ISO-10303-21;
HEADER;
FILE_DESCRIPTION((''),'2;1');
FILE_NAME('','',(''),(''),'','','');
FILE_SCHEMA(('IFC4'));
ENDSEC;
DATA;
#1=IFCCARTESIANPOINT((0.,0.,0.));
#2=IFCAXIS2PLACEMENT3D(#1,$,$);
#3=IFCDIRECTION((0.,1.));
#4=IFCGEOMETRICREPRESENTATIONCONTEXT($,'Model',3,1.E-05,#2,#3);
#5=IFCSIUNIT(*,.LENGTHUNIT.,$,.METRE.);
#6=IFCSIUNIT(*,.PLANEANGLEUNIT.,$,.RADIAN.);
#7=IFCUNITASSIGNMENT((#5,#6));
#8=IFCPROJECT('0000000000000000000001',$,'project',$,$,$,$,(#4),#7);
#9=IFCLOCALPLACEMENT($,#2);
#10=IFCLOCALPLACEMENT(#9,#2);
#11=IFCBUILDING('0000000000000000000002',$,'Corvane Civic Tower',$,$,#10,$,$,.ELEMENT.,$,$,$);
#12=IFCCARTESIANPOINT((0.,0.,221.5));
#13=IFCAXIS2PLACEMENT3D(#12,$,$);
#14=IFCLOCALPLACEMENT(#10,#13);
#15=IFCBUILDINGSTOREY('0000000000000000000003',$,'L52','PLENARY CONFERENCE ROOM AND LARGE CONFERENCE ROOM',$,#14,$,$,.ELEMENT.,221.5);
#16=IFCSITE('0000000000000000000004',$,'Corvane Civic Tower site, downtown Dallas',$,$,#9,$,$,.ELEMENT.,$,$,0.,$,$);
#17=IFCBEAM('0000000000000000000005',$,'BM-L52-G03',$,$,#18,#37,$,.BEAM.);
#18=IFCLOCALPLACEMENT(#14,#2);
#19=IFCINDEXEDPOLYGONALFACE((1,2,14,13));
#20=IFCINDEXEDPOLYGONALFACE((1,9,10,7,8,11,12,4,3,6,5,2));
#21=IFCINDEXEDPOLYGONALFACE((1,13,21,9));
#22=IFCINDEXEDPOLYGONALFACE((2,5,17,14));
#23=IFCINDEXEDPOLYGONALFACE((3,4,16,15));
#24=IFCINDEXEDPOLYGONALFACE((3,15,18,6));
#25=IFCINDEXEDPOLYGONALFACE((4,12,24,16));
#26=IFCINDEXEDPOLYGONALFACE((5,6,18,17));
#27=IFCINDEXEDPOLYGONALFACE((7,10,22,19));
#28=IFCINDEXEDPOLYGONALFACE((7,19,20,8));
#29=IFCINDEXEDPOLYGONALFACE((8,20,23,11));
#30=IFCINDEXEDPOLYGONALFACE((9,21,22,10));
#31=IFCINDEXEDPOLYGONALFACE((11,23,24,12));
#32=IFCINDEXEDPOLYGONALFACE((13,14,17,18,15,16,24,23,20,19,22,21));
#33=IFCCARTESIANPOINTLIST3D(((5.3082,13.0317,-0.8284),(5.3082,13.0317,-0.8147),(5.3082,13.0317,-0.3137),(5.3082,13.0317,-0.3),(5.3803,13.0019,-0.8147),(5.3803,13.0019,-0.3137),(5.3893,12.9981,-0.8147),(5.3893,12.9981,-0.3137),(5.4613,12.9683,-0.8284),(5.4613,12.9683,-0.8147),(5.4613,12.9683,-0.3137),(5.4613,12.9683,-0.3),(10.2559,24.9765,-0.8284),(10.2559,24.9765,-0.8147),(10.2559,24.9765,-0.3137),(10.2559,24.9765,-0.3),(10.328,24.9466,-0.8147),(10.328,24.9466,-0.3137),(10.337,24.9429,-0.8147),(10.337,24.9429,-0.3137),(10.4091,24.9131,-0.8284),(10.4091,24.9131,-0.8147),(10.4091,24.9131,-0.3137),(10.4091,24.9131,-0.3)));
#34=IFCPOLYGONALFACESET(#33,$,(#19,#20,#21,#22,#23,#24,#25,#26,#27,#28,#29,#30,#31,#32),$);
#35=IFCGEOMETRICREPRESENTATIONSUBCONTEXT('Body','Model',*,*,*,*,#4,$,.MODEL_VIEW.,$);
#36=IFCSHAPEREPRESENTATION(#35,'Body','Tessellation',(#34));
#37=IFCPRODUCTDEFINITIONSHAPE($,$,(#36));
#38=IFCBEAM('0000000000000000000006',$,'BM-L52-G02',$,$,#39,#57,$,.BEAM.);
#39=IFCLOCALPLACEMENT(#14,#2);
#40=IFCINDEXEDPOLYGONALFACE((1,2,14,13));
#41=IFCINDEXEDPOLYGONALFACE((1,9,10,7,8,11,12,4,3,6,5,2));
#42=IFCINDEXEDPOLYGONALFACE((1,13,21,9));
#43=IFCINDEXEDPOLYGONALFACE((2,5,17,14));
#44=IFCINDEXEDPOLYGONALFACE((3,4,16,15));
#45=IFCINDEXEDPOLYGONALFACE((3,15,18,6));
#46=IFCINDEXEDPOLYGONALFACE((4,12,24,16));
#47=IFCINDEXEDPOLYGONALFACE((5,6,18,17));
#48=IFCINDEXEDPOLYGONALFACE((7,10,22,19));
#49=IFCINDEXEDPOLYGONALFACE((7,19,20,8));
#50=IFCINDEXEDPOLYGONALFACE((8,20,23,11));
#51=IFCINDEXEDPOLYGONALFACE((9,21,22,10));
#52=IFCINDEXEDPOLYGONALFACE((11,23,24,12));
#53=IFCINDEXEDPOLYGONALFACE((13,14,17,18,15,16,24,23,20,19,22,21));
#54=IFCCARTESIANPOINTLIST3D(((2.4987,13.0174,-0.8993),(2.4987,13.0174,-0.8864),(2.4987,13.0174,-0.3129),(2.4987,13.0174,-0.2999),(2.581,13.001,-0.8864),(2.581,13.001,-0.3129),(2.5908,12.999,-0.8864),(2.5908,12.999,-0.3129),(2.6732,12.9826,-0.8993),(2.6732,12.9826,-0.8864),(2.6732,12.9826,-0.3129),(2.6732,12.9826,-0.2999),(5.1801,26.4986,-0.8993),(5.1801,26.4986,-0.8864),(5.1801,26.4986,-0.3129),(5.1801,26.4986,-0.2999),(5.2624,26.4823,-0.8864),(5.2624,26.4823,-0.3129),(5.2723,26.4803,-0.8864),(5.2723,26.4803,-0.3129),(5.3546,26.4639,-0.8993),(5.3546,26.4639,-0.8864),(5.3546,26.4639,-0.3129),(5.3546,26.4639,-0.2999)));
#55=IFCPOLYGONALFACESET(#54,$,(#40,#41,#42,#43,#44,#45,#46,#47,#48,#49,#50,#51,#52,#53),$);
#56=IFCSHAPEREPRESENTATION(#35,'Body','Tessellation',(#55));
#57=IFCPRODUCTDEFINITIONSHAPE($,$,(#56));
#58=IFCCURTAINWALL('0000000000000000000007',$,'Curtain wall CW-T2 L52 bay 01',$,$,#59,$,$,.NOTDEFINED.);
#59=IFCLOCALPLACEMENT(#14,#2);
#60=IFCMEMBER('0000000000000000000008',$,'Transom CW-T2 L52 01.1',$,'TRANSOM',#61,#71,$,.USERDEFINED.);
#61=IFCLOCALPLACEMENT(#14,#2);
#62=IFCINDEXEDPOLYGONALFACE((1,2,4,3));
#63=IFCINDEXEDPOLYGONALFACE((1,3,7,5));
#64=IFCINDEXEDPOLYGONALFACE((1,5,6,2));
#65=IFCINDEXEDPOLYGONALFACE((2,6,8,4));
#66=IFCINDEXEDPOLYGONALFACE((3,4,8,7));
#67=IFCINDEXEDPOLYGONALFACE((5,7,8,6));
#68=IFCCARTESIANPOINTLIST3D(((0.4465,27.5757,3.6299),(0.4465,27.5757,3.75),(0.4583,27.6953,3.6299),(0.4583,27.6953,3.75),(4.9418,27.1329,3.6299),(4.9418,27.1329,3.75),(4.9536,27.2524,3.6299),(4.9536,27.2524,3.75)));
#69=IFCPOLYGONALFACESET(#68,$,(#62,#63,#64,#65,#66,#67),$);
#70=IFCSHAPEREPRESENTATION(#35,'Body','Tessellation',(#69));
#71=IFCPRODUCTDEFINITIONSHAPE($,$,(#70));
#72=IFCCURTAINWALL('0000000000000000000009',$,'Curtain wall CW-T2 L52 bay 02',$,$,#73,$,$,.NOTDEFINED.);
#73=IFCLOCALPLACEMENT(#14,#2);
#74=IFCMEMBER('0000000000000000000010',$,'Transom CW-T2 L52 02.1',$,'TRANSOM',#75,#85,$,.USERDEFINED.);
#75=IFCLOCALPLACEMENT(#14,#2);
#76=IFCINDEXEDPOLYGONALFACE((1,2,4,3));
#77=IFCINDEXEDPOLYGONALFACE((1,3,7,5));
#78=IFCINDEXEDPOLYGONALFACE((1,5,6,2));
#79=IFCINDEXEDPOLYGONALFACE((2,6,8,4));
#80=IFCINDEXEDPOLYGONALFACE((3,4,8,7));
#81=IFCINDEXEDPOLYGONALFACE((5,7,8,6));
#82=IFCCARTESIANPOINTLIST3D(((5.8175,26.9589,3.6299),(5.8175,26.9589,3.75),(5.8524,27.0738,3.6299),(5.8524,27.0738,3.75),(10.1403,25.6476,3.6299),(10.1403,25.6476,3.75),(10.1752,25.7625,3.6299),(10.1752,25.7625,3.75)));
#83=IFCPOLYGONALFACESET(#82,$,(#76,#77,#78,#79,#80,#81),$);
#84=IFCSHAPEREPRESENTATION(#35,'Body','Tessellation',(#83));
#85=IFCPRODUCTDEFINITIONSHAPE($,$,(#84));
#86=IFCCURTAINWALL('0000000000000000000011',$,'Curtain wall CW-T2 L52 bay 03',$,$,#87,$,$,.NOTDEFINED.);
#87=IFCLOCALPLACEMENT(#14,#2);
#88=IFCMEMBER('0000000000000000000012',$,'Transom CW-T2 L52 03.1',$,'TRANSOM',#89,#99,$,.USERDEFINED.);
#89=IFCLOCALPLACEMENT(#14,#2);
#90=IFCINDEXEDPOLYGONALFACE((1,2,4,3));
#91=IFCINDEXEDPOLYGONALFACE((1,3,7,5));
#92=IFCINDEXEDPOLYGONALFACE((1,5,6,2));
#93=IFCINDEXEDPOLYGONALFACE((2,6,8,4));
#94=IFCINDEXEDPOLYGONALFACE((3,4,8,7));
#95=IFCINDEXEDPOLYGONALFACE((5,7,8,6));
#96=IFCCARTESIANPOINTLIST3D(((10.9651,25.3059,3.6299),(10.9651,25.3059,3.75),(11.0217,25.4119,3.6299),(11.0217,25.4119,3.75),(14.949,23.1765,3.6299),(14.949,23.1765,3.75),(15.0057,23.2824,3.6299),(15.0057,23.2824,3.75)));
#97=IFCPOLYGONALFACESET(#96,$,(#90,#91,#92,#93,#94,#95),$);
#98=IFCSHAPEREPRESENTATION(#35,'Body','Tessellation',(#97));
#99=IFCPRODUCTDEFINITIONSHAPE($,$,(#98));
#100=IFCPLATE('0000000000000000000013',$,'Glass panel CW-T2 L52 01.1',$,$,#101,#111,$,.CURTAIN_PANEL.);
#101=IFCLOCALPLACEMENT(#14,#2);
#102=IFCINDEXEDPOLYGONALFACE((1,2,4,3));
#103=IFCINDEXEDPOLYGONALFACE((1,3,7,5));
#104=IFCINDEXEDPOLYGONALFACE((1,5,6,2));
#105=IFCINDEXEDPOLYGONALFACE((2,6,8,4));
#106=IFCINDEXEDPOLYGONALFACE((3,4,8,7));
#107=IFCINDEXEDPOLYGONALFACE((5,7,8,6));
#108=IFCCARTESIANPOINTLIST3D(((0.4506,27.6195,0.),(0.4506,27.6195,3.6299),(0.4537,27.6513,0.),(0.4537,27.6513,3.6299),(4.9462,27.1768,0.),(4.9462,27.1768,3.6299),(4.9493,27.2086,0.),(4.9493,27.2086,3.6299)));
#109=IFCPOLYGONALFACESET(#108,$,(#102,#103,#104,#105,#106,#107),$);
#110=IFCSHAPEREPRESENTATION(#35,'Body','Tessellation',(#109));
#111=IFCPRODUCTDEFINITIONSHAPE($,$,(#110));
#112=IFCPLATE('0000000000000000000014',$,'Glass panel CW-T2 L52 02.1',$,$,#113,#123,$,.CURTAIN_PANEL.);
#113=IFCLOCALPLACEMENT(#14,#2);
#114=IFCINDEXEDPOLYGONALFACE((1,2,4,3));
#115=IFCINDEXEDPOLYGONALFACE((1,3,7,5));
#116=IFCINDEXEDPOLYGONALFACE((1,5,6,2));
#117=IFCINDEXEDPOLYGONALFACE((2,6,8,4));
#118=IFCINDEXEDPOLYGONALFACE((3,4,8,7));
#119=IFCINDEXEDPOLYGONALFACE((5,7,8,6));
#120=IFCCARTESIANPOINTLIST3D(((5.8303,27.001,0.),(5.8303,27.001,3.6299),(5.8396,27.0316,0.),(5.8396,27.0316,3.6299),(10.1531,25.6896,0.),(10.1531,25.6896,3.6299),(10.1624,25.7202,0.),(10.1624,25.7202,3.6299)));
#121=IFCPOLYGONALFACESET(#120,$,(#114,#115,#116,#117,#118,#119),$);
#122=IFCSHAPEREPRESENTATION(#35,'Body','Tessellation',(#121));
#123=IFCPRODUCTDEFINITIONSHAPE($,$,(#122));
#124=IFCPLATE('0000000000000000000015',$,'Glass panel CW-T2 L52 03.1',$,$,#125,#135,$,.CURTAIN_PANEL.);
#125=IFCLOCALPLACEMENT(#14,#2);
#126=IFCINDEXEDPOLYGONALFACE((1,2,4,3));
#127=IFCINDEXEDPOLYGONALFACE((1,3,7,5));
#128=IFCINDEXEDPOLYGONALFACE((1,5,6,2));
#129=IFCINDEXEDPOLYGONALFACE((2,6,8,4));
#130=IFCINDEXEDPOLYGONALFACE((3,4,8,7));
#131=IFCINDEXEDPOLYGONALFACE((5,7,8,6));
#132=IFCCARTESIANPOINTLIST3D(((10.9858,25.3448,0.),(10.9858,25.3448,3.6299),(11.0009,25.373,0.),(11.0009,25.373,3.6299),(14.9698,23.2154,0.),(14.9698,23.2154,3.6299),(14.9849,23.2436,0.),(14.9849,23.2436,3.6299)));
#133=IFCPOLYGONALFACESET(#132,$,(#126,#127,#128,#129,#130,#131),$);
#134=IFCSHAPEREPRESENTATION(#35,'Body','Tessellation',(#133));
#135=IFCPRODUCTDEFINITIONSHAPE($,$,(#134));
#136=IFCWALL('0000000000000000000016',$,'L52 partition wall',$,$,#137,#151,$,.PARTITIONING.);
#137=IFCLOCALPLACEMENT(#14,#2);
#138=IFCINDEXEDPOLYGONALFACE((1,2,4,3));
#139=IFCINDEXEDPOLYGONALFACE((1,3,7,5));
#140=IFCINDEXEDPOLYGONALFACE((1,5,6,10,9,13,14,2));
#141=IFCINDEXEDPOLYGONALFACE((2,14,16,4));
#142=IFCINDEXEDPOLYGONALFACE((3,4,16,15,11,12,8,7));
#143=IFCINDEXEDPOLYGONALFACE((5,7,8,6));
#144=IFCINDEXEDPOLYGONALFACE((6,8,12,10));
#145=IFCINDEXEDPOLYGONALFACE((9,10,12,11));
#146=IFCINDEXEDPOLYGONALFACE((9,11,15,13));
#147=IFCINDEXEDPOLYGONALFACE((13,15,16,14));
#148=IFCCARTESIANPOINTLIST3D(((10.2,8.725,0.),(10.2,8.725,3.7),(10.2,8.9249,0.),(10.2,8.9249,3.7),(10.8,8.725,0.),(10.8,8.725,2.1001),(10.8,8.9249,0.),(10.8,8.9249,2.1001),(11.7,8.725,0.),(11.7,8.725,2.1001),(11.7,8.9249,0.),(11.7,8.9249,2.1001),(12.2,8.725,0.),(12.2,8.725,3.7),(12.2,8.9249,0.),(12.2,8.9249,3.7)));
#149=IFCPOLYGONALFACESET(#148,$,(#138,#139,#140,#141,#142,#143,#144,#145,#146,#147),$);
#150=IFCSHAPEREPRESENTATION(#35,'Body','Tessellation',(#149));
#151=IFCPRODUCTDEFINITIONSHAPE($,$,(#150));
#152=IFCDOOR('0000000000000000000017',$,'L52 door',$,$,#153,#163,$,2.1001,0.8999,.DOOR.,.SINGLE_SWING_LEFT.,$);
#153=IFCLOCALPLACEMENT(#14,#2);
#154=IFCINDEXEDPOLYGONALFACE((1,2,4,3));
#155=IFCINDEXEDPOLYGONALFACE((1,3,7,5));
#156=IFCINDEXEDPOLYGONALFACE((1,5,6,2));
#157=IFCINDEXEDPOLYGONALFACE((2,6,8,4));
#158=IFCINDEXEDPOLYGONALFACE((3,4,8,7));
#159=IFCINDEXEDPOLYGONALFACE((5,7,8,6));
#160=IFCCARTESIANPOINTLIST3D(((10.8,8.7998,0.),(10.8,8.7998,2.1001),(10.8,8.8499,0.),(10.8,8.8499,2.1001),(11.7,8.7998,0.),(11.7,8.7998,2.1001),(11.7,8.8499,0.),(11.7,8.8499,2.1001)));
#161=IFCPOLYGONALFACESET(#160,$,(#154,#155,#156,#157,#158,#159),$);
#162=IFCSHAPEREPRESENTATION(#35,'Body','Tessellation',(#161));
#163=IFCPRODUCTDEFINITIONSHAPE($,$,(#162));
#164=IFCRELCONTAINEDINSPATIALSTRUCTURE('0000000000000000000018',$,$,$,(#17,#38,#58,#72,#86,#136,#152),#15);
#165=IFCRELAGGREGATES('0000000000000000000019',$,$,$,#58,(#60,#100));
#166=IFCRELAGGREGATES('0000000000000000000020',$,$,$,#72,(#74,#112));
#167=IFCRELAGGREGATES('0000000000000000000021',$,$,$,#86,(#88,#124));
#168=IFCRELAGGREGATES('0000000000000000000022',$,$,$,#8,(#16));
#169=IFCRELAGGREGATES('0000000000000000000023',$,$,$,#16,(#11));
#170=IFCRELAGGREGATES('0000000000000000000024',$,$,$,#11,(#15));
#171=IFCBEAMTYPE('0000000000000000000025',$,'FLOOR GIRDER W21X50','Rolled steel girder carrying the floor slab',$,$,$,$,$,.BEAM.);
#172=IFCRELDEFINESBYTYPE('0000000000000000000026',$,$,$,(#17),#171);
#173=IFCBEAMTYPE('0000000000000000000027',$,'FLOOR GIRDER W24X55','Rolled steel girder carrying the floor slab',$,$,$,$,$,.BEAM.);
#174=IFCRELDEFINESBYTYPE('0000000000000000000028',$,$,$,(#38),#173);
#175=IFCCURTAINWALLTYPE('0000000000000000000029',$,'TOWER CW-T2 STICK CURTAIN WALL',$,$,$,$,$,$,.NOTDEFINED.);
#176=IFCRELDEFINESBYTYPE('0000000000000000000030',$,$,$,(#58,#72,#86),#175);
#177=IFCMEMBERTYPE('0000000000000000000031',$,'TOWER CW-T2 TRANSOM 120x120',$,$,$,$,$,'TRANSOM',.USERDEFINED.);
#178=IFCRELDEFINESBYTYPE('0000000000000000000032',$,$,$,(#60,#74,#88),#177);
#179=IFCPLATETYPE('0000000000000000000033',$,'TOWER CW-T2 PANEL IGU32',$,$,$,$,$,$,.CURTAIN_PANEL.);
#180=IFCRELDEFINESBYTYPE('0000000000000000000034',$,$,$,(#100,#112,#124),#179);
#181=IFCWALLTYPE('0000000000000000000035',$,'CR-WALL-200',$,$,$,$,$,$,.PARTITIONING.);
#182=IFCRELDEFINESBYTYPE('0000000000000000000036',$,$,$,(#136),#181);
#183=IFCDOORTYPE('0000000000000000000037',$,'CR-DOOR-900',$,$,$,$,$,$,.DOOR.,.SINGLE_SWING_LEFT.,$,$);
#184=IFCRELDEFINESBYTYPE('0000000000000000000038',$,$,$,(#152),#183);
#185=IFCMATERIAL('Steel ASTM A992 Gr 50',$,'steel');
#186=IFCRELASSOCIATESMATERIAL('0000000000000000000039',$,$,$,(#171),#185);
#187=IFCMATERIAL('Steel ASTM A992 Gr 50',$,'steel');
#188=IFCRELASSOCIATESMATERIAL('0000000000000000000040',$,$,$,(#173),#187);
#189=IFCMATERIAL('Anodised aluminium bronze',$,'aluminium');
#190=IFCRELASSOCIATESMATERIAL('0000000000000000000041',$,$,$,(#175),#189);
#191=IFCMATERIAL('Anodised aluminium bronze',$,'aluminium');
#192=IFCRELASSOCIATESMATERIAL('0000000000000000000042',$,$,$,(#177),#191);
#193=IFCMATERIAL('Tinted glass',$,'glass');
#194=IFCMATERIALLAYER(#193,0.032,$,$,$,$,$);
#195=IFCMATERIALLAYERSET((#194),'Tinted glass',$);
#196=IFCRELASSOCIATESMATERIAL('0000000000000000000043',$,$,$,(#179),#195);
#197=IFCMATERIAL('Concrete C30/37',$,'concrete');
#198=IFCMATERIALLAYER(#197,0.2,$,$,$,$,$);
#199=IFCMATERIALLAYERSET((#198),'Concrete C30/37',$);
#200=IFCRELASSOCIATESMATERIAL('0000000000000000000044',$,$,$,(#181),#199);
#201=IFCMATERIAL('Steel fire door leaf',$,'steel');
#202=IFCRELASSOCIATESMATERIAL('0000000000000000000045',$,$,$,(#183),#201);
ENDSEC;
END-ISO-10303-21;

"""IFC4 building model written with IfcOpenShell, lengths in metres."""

from ifc_helpers import new_model, si_unit, direction, frame, frame_2d, origin, origin_2d, place, context, subcontext, project, spatial, rectangle, i_section, extrude, material, layer, layer_set, material_profile, profile_set, type_object, element, fill, aggregate, save


model = new_model("IFC4")

# Units and contexts
model_context = context("Model", 3, precision=1e-05, world=origin(), true_north=direction((0.0, 1.0)))
body_context = subcontext(model_context, "Body", "Model", "MODEL_VIEW")
ifc_project = project(units=[si_unit("LENGTHUNIT", "METRE"), si_unit("PLANEANGLEUNIT", "RADIAN")], contexts=[model_context])

# Site, building, storey
site_placement = place(None, origin())
site = spatial("IfcSite", under=ifc_project, at=site_placement, Name="Corvane Civic Tower site, downtown Dallas", CompositionType="ELEMENT", RefElevation=0.0)
building_placement = place(site_placement, origin())
building = spatial("IfcBuilding", under=site, at=building_placement, Name="Corvane Civic Tower", CompositionType="ELEMENT")
storey_placement = place(building_placement, frame((0.0, 0.0, 221.5)))
storey = spatial("IfcBuildingStorey", under=building, at=storey_placement, Name="L52", Description="PLENARY CONFERENCE ROOM AND LARGE CONFERENCE ROOM", CompositionType="ELEMENT", Elevation=221.5)

# Beams
ifc_material_1 = material(Name="Steel ASTM A992 Gr 50", Category="steel")
ifc_material_profile_1 = material_profile(ifc_material_1, i_section(OverallWidth=0.1658, OverallDepth=0.5283, WebThickness=0.0098, FlangeThickness=0.0137, at=origin_2d()), Name="W21X50")
ifc_profile_set_1 = profile_set([ifc_material_profile_1], Name="Steel ASTM A992 Gr 50")
beam_type_1 = type_object("IfcBeamType", Name="FLOOR GIRDER W21X50", Description="Rolled steel girder carrying the floor slab", PredefinedType="BEAM", material=ifc_profile_set_1)
beam_1_placement = place(storey_placement, frame((5.3848, 13.0, -0.5642), z_axis=(0.382686, 0.923878, 0.0), x_axis=(-0.923878, 0.382686, 0.0)))
element("IfcBeam", 1, at=beam_1_placement, inside=storey, type_object=beam_type_1, Name="BM-L52-G03", PredefinedType="BEAM", context=body_context, shape_type="SweptSolid", body=[
    extrude(i_section(OverallWidth=0.1658, OverallDepth=0.5283, WebThickness=0.0098, FlangeThickness=0.0137, at=origin_2d()), origin(), (0.0, 0.0, 1.0), 12.929),
])
ifc_material_2 = material(Name="Steel ASTM A992 Gr 50", Category="steel")
ifc_material_profile_2 = material_profile(ifc_material_2, i_section(OverallWidth=0.178, OverallDepth=0.5994, WebThickness=0.01, FlangeThickness=0.0129, at=origin_2d()), Name="W24X55")
ifc_profile_set_2 = profile_set([ifc_material_profile_2], Name="Steel ASTM A992 Gr 50")
beam_type_2 = type_object("IfcBeamType", Name="FLOOR GIRDER W24X55", Description="Rolled steel girder carrying the floor slab", PredefinedType="BEAM", material=ifc_profile_set_2)
beam_2_placement = place(storey_placement, frame((2.5859, 13.0, -0.5996), z_axis=(0.195078, 0.980788, 0.0), x_axis=(-0.980788, 0.195078, 0.0)))
element("IfcBeam", 2, at=beam_2_placement, inside=storey, type_object=beam_type_2, Name="BM-L52-G02", PredefinedType="BEAM", context=body_context, shape_type="SweptSolid", body=[
    extrude(i_section(OverallWidth=0.178, OverallDepth=0.5994, WebThickness=0.01, FlangeThickness=0.0129, at=origin_2d()), origin(), (0.0, 0.0, 1.0), 13.7454),
])

# Curtain walls, members
ifc_material_3 = material(Name="Anodised aluminium bronze", Category="aluminium")
curtain_wall_type = type_object("IfcCurtainWallType", Name="TOWER CW-T2 STICK CURTAIN WALL", PredefinedType="NOTDEFINED", material=ifc_material_3)
curtain_wall_1_placement = place(storey_placement, origin())
curtain_wall_1 = element("IfcCurtainWall", 3, at=curtain_wall_1_placement, inside=storey, type_object=curtain_wall_type, Name="Curtain wall CW-T2 L52 bay 01", PredefinedType="NOTDEFINED")
ifc_material_4 = material(Name="Anodised aluminium bronze", Category="aluminium")
ifc_material_profile_3 = material_profile(ifc_material_4, rectangle(XDim=0.1201, YDim=0.1201, at=origin_2d()), Name="TOWER CW-T2 TRANSOM 120x120")
ifc_profile_set_3 = profile_set([ifc_material_profile_3], Name="Anodised aluminium bronze")
member_type = type_object("IfcMemberType", Name="TOWER CW-T2 TRANSOM 120x120", ElementType="TRANSOM", PredefinedType="USERDEFINED", material=ifc_profile_set_3)
member_1_placement = place(storey_placement, frame((0.4524, 27.6355, 3.6899), z_axis=(0.995182, -0.098043, 0.0), x_axis=(0.098043, 0.995182, 0.0)))
member_1 = element("IfcMember", 4, at=member_1_placement, type_object=member_type, Name="Transom CW-T2 L52 01.1", ObjectType="TRANSOM", PredefinedType="USERDEFINED", context=body_context, shape_type="SweptSolid", body=[
    extrude(rectangle(XDim=0.1201, YDim=0.1201, at=origin_2d()), origin(), (0.0, 0.0, 1.0), 4.5171),
])
curtain_wall_2_placement = place(storey_placement, origin())
curtain_wall_2 = element("IfcCurtainWall", 5, at=curtain_wall_2_placement, inside=storey, type_object=curtain_wall_type, Name="Curtain wall CW-T2 L52 bay 02", PredefinedType="NOTDEFINED")
member_2_placement = place(storey_placement, frame((5.835, 27.0164, 3.6899), z_axis=(0.956941, -0.290282, 0.0), x_axis=(0.290282, 0.956941, 0.0)))
member_2 = element("IfcMember", 6, at=member_2_placement, type_object=member_type, Name="Transom CW-T2 L52 02.1", ObjectType="TRANSOM", PredefinedType="USERDEFINED", context=body_context, shape_type="SweptSolid", body=[
    extrude(rectangle(XDim=0.1201, YDim=0.1201, at=origin_2d()), origin(), (0.0, 0.0, 1.0), 4.5173),
])
curtain_wall_3_placement = place(storey_placement, origin())
curtain_wall_3 = element("IfcCurtainWall", 7, at=curtain_wall_3_placement, inside=storey, type_object=curtain_wall_type, Name="Curtain wall CW-T2 L52 bay 03", PredefinedType="NOTDEFINED")
member_3_placement = place(storey_placement, frame((10.9934, 25.3589, 3.6899), z_axis=(0.881925, -0.47139, 0.0), x_axis=(0.47139, 0.881925, 0.0)))
member_3 = element("IfcMember", 8, at=member_3_placement, type_object=member_type, Name="Transom CW-T2 L52 03.1", ObjectType="TRANSOM", PredefinedType="USERDEFINED", context=body_context, shape_type="SweptSolid", body=[
    extrude(rectangle(XDim=0.1201, YDim=0.1201, at=origin_2d()), origin(), (0.0, 0.0, 1.0), 4.5173),
])

# Plates
ifc_material_5 = material(Name="Tinted glass", Category="glass")
ifc_layer_1 = layer(ifc_material_5, 0.032)
ifc_layer_set_1 = layer_set([ifc_layer_1], Name="Tinted glass")
plate_type = type_object("IfcPlateType", Name="TOWER CW-T2 PANEL IGU32", PredefinedType="CURTAIN_PANEL", material=ifc_layer_set_1)
plate_1_placement = place(storey_placement, frame((2.7, 27.4141, 0.0), z_axis=(0.0, 0.0, 1.0), x_axis=(0.995187, -0.097993, 0.0)))
plate_1 = element("IfcPlate", 9, at=plate_1_placement, type_object=plate_type, Name="Glass panel CW-T2 L52 01.1", PredefinedType="CURTAIN_PANEL", context=body_context, shape_type="SweptSolid", body=[
    extrude(rectangle(XDim=4.5173, YDim=0.032, at=origin_2d()), origin(), (0.0, 0.0, 1.0), 3.6299),
])
aggregate(curtain_wall_1, [member_1, plate_1])
plate_2_placement = place(storey_placement, frame((7.9963, 26.3606, 0.0), z_axis=(0.0, 0.0, 1.0), x_axis=(0.956939, -0.29029, 0.0)))
plate_2 = element("IfcPlate", 10, at=plate_2_placement, type_object=plate_type, Name="Glass panel CW-T2 L52 02.1", PredefinedType="CURTAIN_PANEL", context=body_context, shape_type="SweptSolid", body=[
    extrude(rectangle(XDim=4.5173, YDim=0.032, at=origin_2d()), origin(), (0.0, 0.0, 1.0), 3.6299),
])
aggregate(curtain_wall_2, [member_2, plate_2])
plate_3_placement = place(storey_placement, frame((12.9854, 24.2942, 0.0), z_axis=(0.0, 0.0, 1.0), x_axis=(0.88192, -0.471398, 0.0)))
plate_3 = element("IfcPlate", 11, at=plate_3_placement, type_object=plate_type, Name="Glass panel CW-T2 L52 03.1", PredefinedType="CURTAIN_PANEL", context=body_context, shape_type="SweptSolid", body=[
    extrude(rectangle(XDim=4.5173, YDim=0.032, at=origin_2d()), origin(), (0.0, 0.0, 1.0), 3.6299),
])
aggregate(curtain_wall_3, [member_3, plate_3])

# Wall, opening, door
ifc_material_6 = material(Name="Concrete C30/37", Category="concrete")
ifc_layer_2 = layer(ifc_material_6, 0.2)
ifc_layer_set_2 = layer_set([ifc_layer_2], Name="Concrete C30/37")
wall_type_1 = type_object("IfcWallType", Name="CR-WALL-200", PredefinedType="PARTITIONING", material=ifc_layer_set_2)
wall_1_placement = place(storey_placement, frame((10.2, 8.825, 0.0), z_axis=(0.0, 0.0, 1.0), x_axis=(1.0, 0.0, 0.0)))
wall_1 = element("IfcWall", 12, at=wall_1_placement, inside=storey, type_object=wall_type_1, Name="L52 partition wall", PredefinedType="PARTITIONING", context=body_context, shape_type="SweptSolid", body=[
    extrude(rectangle(XDim=2.0, YDim=0.2, at=frame_2d((1.0, 0.0))), origin(), (0.0, 0.0, 1.0), 3.7),
])
opening_1_placement = place(wall_1_placement, frame((0.6001, 0.0, 0.0)))
opening_1 = element("IfcOpeningElement", 13, at=opening_1_placement, cuts=wall_1, PredefinedType="OPENING", context=body_context, shape_type="SweptSolid", body=[
    extrude(rectangle(XDim=0.8999, YDim=2.1001, at=frame_2d((0.45, 1.05))), frame((0.0, 0.1099, 0.0), z_axis=(0.0, -1.0, 0.0), x_axis=(1.0, 0.0, 0.0)), (0.0, 0.0, 1.0), 0.22),
])
ifc_material_7 = material(Name="Steel fire door leaf", Category="steel")
door_type = type_object("IfcDoorType", Name="CR-DOOR-900", OperationType="SINGLE_SWING_LEFT", PredefinedType="DOOR", material=ifc_material_7)
door_1_placement = place(opening_1_placement, origin())
door_1 = element("IfcDoor", 14, at=door_1_placement, inside=storey, type_object=door_type, Name="L52 door", OperationType="SINGLE_SWING_LEFT", OverallHeight=2.1001, OverallWidth=0.8999, PredefinedType="DOOR", context=body_context, shape_type="SweptSolid", body=[
    extrude(rectangle(XDim=0.8999, YDim=2.1001, at=frame_2d((0.45, 1.05))), frame((0.0, 0.0249, 0.0), z_axis=(0.0, -1.0, 0.0), x_axis=(1.0, 0.0, 0.0)), (0.0, 0.0, 1.0), 0.05),
])
fill(opening_1, door_1)

save(model, "model.ifc")
